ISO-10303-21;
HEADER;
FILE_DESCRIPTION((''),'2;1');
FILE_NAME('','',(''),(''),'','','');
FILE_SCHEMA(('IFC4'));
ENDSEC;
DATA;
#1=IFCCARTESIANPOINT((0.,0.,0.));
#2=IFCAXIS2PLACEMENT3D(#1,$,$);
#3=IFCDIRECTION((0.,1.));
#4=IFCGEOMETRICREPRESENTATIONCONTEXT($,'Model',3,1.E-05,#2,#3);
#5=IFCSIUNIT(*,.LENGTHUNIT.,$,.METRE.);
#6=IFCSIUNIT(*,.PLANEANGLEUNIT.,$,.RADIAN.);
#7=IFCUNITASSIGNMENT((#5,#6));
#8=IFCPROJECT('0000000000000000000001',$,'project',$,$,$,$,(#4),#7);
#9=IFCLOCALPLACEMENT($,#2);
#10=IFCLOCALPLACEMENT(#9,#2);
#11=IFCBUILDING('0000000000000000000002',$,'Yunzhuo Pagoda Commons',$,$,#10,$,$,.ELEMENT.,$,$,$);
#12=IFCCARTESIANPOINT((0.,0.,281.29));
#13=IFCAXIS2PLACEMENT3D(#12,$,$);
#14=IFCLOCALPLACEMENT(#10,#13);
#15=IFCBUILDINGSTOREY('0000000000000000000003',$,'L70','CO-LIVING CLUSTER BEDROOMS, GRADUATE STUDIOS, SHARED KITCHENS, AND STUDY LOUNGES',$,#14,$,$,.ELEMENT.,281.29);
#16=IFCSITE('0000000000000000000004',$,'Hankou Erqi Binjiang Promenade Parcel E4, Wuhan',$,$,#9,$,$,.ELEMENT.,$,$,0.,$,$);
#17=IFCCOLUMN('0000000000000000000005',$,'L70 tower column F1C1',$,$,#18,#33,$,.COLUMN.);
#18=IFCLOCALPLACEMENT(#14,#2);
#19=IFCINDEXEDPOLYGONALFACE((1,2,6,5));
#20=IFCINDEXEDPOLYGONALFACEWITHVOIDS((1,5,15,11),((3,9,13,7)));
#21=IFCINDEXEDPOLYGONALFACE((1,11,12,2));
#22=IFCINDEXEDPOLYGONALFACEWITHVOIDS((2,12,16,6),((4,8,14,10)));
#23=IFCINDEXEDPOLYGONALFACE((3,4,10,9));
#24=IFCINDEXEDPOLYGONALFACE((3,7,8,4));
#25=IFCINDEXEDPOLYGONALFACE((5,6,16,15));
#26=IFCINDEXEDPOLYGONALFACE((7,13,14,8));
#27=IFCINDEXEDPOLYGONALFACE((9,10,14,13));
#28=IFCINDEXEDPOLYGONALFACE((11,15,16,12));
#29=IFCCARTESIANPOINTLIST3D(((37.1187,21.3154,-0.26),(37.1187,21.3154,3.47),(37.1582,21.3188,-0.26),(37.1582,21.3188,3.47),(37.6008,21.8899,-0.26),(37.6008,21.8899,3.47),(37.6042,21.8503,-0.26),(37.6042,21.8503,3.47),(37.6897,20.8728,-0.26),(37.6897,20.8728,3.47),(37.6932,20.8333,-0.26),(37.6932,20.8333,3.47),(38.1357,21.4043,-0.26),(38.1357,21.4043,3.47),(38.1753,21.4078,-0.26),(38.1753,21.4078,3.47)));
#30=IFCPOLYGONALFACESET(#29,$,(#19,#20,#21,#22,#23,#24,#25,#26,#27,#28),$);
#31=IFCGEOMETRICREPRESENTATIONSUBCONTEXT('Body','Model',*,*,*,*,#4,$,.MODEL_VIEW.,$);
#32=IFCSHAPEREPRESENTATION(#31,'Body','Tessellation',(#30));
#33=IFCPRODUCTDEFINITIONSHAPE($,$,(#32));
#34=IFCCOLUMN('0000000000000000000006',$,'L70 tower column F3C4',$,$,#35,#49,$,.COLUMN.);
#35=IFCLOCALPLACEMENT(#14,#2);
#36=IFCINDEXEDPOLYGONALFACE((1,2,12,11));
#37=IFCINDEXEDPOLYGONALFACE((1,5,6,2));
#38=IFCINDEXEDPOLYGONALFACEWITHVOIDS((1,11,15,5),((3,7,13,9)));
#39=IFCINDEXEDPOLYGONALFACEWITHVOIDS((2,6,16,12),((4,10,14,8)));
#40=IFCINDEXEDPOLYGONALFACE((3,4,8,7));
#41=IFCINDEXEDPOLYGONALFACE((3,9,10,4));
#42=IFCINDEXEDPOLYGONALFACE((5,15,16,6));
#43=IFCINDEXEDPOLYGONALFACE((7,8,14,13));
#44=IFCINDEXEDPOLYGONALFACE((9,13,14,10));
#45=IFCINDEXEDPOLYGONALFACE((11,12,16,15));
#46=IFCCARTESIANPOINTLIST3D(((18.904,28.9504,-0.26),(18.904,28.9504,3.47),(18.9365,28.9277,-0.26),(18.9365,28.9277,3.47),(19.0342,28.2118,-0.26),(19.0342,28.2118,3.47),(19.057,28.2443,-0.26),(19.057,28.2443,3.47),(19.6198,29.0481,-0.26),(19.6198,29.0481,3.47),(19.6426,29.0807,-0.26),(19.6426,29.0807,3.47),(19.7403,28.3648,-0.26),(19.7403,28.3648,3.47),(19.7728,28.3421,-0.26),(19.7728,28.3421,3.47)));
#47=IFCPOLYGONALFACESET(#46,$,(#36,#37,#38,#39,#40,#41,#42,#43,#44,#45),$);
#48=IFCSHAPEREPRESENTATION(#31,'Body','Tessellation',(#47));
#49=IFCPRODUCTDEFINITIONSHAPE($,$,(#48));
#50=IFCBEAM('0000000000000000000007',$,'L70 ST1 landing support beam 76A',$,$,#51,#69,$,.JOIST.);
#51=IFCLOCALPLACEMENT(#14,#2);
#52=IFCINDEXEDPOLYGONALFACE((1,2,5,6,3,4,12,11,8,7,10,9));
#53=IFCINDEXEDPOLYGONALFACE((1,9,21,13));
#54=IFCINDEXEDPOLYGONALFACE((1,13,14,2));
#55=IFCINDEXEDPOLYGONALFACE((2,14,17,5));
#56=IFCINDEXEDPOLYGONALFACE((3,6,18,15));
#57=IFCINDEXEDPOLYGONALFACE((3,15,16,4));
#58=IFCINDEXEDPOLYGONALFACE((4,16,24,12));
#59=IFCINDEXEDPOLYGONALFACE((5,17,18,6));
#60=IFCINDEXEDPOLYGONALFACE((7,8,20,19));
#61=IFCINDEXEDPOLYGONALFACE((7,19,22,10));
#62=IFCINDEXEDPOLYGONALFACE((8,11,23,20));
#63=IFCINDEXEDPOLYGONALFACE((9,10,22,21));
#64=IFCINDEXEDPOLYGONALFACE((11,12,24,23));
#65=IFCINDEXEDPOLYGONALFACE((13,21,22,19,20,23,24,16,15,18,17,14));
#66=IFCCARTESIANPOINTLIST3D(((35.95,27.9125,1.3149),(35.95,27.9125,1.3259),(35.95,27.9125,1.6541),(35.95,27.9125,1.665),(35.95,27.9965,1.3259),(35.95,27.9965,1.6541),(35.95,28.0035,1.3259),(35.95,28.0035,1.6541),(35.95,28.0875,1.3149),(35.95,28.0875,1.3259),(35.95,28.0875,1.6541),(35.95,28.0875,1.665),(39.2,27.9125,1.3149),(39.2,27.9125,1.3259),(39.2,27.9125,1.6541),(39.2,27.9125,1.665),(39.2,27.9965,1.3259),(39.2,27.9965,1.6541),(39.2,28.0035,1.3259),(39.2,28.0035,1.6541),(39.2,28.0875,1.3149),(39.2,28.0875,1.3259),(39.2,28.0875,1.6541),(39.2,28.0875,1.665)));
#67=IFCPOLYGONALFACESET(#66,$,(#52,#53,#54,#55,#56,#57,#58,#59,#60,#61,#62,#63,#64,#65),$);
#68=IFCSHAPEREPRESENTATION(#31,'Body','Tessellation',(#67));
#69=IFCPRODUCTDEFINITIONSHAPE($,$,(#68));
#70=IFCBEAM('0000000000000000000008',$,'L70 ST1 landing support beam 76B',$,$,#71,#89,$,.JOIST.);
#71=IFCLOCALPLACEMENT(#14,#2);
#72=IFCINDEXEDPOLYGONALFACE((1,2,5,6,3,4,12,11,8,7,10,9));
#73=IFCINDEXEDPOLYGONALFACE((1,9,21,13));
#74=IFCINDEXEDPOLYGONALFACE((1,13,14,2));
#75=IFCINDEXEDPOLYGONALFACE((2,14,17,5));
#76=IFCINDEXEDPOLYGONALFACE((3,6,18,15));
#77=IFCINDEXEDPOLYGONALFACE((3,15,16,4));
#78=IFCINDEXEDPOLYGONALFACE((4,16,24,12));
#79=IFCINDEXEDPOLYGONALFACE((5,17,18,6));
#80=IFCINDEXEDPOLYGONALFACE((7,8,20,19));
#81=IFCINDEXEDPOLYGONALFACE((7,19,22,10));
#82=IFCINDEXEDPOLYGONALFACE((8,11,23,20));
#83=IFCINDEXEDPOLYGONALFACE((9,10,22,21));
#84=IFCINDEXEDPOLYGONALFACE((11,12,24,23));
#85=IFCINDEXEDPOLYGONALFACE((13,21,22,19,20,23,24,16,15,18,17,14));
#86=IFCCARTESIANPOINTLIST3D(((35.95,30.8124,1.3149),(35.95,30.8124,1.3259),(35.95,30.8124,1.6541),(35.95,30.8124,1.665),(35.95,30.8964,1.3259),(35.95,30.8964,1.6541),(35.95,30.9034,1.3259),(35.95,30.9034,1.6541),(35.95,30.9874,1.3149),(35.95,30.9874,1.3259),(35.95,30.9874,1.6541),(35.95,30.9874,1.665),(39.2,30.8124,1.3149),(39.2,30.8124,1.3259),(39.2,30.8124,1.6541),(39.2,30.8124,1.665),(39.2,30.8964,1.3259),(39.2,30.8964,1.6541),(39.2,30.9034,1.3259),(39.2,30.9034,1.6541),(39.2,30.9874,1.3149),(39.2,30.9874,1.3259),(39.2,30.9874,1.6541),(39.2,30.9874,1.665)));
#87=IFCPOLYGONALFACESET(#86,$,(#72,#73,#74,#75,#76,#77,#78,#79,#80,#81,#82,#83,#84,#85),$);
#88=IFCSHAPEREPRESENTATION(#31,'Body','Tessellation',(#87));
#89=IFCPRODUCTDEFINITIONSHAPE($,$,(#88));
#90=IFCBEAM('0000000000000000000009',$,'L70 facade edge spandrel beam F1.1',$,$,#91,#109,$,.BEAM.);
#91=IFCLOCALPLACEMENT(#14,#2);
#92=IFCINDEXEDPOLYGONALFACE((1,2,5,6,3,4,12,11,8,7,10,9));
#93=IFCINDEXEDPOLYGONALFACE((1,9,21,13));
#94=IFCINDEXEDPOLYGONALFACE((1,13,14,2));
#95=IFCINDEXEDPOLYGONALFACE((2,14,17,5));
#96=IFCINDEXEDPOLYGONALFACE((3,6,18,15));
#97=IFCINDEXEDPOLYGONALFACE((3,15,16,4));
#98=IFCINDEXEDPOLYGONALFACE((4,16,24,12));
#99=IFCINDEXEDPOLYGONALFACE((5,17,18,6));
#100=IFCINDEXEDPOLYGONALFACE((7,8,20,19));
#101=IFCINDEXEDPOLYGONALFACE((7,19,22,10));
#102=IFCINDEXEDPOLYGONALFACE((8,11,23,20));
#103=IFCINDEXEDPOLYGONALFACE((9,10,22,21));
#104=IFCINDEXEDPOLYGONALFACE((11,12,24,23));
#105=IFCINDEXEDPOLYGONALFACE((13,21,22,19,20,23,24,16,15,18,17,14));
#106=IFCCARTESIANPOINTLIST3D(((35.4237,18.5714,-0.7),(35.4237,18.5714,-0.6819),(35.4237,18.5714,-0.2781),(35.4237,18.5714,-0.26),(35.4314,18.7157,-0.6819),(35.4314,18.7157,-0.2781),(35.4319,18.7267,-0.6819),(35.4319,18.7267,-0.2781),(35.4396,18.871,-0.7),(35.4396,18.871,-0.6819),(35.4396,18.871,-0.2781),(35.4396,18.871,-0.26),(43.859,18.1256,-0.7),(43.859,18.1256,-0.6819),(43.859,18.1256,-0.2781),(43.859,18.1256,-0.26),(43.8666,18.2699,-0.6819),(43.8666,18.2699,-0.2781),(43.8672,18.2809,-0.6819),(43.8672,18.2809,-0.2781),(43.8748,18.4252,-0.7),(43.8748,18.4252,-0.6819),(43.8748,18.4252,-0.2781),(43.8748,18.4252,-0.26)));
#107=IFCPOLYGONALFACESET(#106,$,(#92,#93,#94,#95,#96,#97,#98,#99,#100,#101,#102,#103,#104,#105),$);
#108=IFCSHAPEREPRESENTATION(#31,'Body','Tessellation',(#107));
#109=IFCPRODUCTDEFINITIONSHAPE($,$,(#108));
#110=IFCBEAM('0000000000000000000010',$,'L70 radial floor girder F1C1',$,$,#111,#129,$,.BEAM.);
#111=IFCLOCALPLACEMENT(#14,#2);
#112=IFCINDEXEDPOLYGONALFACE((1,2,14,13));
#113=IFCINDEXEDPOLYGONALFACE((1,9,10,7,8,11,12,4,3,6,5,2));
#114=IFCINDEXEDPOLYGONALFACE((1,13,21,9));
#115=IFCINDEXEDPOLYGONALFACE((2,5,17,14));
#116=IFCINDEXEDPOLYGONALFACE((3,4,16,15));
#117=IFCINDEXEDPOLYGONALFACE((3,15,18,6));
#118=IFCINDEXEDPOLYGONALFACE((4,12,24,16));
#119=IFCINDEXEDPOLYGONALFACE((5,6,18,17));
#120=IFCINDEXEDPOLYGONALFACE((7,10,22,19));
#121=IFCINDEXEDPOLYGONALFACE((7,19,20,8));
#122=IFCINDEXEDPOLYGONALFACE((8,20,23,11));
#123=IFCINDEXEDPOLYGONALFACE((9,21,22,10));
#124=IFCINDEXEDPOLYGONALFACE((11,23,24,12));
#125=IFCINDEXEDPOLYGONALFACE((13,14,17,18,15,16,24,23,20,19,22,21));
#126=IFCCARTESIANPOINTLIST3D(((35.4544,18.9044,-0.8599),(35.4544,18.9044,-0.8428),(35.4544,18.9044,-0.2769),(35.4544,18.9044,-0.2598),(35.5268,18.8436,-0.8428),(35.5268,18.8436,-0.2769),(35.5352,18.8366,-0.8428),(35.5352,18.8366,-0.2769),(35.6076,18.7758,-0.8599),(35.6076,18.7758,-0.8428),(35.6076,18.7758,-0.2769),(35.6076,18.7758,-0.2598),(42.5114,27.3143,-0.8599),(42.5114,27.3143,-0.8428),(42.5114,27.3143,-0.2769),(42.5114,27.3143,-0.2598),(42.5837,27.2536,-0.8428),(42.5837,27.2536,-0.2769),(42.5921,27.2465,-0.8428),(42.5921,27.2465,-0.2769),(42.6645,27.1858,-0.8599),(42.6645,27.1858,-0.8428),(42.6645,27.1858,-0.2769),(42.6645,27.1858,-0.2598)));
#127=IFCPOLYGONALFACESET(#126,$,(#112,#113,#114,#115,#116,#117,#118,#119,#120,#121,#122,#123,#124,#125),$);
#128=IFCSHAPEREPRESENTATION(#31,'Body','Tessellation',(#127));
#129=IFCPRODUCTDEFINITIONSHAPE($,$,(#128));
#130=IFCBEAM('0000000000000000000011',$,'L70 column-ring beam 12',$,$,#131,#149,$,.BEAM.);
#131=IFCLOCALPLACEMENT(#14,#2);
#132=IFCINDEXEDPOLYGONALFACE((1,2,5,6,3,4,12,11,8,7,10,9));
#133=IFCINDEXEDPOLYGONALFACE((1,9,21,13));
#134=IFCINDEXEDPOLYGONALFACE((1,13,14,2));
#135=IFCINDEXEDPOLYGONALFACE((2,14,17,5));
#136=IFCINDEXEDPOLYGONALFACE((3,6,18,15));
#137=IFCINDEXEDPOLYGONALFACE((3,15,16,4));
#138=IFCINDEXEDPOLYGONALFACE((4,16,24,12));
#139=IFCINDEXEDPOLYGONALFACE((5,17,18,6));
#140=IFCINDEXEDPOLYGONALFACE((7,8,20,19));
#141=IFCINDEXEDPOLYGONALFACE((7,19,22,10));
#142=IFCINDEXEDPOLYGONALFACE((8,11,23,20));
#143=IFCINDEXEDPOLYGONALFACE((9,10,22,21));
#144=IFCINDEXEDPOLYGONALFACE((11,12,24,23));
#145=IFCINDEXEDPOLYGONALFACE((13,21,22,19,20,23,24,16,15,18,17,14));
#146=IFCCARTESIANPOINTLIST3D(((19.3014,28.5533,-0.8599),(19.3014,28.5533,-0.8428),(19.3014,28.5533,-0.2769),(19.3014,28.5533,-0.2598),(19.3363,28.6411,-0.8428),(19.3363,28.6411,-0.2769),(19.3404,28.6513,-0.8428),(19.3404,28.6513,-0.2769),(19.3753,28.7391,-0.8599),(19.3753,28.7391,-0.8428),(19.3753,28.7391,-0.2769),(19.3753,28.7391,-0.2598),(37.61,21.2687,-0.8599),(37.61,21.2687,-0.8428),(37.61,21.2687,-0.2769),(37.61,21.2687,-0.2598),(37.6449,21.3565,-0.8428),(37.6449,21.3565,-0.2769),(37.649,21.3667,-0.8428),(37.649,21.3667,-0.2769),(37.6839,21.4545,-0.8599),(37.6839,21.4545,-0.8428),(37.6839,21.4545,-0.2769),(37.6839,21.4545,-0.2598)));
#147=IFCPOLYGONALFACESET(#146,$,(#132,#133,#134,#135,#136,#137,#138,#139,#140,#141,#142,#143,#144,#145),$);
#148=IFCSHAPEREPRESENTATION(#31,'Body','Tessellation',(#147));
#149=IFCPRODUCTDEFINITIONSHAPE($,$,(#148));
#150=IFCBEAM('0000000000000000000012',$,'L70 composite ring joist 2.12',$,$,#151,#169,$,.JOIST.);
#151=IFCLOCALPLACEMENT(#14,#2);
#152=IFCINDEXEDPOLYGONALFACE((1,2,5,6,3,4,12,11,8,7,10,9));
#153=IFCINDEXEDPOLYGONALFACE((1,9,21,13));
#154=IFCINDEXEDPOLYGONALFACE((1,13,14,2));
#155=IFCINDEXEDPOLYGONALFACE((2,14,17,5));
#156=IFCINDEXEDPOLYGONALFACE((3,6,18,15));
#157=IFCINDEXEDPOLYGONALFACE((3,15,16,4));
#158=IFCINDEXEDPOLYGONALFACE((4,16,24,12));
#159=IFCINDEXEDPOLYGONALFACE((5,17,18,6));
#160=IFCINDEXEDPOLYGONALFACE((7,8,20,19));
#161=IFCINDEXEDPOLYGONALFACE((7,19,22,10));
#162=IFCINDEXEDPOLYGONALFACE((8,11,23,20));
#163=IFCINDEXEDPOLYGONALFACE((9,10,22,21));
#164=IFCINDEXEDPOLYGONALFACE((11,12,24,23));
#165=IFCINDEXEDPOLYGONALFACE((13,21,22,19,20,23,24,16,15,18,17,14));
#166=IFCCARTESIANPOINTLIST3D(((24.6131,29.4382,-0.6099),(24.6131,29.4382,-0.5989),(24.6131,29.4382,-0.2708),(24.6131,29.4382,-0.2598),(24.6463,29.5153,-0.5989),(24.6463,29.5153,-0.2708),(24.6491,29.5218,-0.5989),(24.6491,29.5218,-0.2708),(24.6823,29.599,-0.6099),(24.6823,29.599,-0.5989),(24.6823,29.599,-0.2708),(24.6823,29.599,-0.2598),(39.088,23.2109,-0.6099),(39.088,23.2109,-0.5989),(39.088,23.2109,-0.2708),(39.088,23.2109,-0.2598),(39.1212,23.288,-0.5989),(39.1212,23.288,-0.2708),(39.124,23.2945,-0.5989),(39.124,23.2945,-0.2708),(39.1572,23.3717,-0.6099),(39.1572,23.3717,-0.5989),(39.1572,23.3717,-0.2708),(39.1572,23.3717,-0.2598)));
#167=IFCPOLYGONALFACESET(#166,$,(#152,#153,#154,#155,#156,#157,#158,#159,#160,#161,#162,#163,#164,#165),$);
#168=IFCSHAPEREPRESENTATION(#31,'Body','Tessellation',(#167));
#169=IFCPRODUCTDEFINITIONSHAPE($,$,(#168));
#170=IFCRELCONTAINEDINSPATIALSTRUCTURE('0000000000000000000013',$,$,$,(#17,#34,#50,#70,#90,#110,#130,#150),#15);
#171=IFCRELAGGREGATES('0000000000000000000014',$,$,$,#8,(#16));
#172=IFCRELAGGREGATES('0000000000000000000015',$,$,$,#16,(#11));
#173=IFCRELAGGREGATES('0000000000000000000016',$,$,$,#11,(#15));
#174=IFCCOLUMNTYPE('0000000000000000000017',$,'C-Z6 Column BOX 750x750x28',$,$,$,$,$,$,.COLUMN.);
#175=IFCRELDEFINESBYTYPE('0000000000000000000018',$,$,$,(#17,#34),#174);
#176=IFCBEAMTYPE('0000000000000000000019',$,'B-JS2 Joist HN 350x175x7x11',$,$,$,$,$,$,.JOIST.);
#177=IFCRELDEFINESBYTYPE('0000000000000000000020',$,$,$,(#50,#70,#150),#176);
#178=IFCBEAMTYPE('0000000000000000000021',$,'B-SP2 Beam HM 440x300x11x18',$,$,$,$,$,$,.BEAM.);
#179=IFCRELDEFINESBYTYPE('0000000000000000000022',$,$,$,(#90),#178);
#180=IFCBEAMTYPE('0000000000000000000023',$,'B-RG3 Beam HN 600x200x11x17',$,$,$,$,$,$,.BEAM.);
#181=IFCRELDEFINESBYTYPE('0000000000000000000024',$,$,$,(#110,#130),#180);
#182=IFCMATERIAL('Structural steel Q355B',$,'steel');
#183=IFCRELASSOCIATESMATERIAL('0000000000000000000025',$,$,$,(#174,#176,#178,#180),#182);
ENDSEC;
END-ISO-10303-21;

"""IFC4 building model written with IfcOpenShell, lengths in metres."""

from ifc_helpers import new_model, si_unit, direction, frame, origin, origin_2d, place, context, subcontext, project, spatial, hollow_rectangle, i_section, extrude, source, transform, mapped, material, material_profile, profile_set, type_object, element, save


model = new_model("IFC4")

# Units and contexts
model_context = context("Model", 3, precision=1e-05, world=origin(), true_north=direction((0.0, 1.0)))
body_context = subcontext(model_context, "Body", "Model", "MODEL_VIEW")
ifc_project = project(units=[si_unit("LENGTHUNIT", "METRE"), si_unit("PLANEANGLEUNIT", "RADIAN")], contexts=[model_context])

# Site, building, storey
site_placement = place(None, origin())
site = spatial("IfcSite", under=ifc_project, at=site_placement, Name="Hankou Erqi Binjiang Promenade Parcel E4, Wuhan", CompositionType="ELEMENT", RefElevation=0.0)
building_placement = place(site_placement, origin())
building = spatial("IfcBuilding", under=site, at=building_placement, Name="Yunzhuo Pagoda Commons", CompositionType="ELEMENT")
storey_placement = place(building_placement, frame((0.0, 0.0, 281.29)))
storey = spatial("IfcBuildingStorey", under=building, at=storey_placement, Name="L70", Description="CO-LIVING CLUSTER BEDROOMS, GRADUATE STUDIOS, SHARED KITCHENS, AND STUDY LOUNGES", CompositionType="ELEMENT", Elevation=281.29)

# Columns
ifc_material_1 = material(Name="Structural steel Q355B", Category="steel")
ifc_material_profile_1 = material_profile(ifc_material_1, hollow_rectangle(XDim=0.75, YDim=0.75, WallThickness=0.0281, at=origin_2d()), Name="Structural steel Q355B")
ifc_profile_set_1 = profile_set([ifc_material_profile_1], Name="Structural steel Q355B")
column_type = type_object("IfcColumnType", Name="C-Z6 Column BOX 750x750x28", PredefinedType="COLUMN", material=ifc_profile_set_1)
shared_shape_1 = source(origin(), body_context, "Body", "SweptSolid", [
    extrude(hollow_rectangle(XDim=0.75, YDim=0.75, WallThickness=0.0281, at=origin_2d()), origin(), (0.0, 0.0, 1.0), 3.73),
])
for number, where, z_axis, x_axis, name in (
    (1, (37.647, 21.3616, -0.26), (0.0, 0.0, 1.0), (0.766044, -0.642788, 0.0), "L70 tower column F1C1"),
    (2, (19.3384, 28.6462, -0.26), (0.0, 0.0, 1.0), (0.173648, -0.984808, 0.0), "L70 tower column F3C4"),
):
    element("IfcColumn", number, at=place(storey_placement, frame(where, z_axis=z_axis, x_axis=x_axis)), inside=storey, type_object=column_type, Name=name, PredefinedType="COLUMN", context=body_context, shape_type="MappedRepresentation", body=[
        mapped(shared_shape_1, transform((0.0, 0.0, 0.0), scale=1.0)),
    ])

# Beams
ifc_material_profile_2 = material_profile(ifc_material_1, i_section(OverallWidth=0.175, OverallDepth=0.3501, WebThickness=0.0071, FlangeThickness=0.011, at=origin_2d()), Name="Structural steel Q355B")
ifc_profile_set_2 = profile_set([ifc_material_profile_2], Name="Structural steel Q355B")
beam_type_1 = type_object("IfcBeamType", Name="B-JS2 Joist HN 350x175x7x11", PredefinedType="JOIST", material=ifc_profile_set_2)
shared_shape_2 = source(origin(), body_context, "Body", "SweptSolid", [
    extrude(i_section(OverallWidth=0.175, OverallDepth=0.3501, WebThickness=0.0071, FlangeThickness=0.011, at=origin_2d()), origin(), (0.0, 0.0, 1.0), 3.25),
])
for number, where, z_axis, x_axis, name in (
    (3, (35.95, 28.0, 1.49), (1.0, 0.0, 0.0), (0.0, 1.0, 0.0), "L70 ST1 landing support beam 76A"),
    (4, (35.95, 30.8999, 1.49), (1.0, 0.0, 0.0), (0.0, 1.0, 0.0), "L70 ST1 landing support beam 76B"),
):
    element("IfcBeam", number, at=place(storey_placement, frame(where, z_axis=z_axis, x_axis=x_axis)), inside=storey, type_object=beam_type_1, Name=name, PredefinedType="JOIST", context=body_context, shape_type="MappedRepresentation", body=[
        mapped(shared_shape_2, transform((0.0, 0.0, 0.0), scale=1.0)),
    ])
ifc_material_profile_3 = material_profile(ifc_material_1, i_section(OverallWidth=0.3, OverallDepth=0.4399, WebThickness=0.011, FlangeThickness=0.0181, at=origin_2d()), Name="Structural steel Q355B")
ifc_profile_set_3 = profile_set([ifc_material_profile_3], Name="Structural steel Q355B")
beam_type_2 = type_object("IfcBeamType", Name="B-SP2 Beam HM 440x300x11x18", PredefinedType="BEAM", material=ifc_profile_set_3)
shared_shape_3 = source(origin(), body_context, "Body", "SweptSolid", [
    extrude(i_section(OverallWidth=0.3, OverallDepth=0.4399, WebThickness=0.011, FlangeThickness=0.0181, at=origin_2d()), origin(), (0.0, 0.0, 1.0), 8.447),
])
beam_1_placement = place(storey_placement, frame((35.4316, 18.7212, -0.48), z_axis=(0.998606, -0.052776, 0.0), x_axis=(0.052776, 0.998606, 0.0)))
element("IfcBeam", 5, at=beam_1_placement, inside=storey, type_object=beam_type_2, Name="L70 facade edge spandrel beam F1.1", PredefinedType="BEAM", context=body_context, shape_type="MappedRepresentation", body=[
    mapped(shared_shape_3, transform((0.0, 0.0, 0.0), scale=1.0)),
])
ifc_material_profile_4 = material_profile(ifc_material_1, i_section(OverallWidth=0.2, OverallDepth=0.6001, WebThickness=0.011, FlangeThickness=0.0171, at=origin_2d()), Name="Structural steel Q355B")
ifc_profile_set_4 = profile_set([ifc_material_profile_4], Name="Structural steel Q355B")
beam_type_3 = type_object("IfcBeamType", Name="B-RG3 Beam HN 600x200x11x17", PredefinedType="BEAM", material=ifc_profile_set_4)
shared_shape_4 = source(origin(), body_context, "Body", "SweptSolid", [
    extrude(i_section(OverallWidth=0.2, OverallDepth=0.6001, WebThickness=0.011, FlangeThickness=0.0171, at=origin_2d()), origin(), (0.0, 0.0, 1.0), 10.9785),
])
beam_2_placement = place(storey_placement, frame((35.531, 18.8401, -0.5598), z_axis=(0.642795, 0.766039, 0.0), x_axis=(-0.766039, 0.642795, 0.0)))
element("IfcBeam", 6, at=beam_2_placement, inside=storey, type_object=beam_type_3, Name="L70 radial floor girder F1C1", PredefinedType="BEAM", context=body_context, shape_type="MappedRepresentation", body=[
    mapped(shared_shape_4, transform((0.0, 0.0, 0.0), scale=1.0)),
])
shared_shape_5 = source(origin(), body_context, "Body", "SweptSolid", [
    extrude(i_section(OverallWidth=0.2, OverallDepth=0.6001, WebThickness=0.011, FlangeThickness=0.0171, at=origin_2d()), origin(), (0.0, 0.0, 1.0), 19.7046),
])
beam_3_placement = place(storey_placement, frame((19.3384, 28.6462, -0.5598), z_axis=(0.929154, -0.369694, 0.0), x_axis=(0.369694, 0.929154, 0.0)))
element("IfcBeam", 7, at=beam_3_placement, inside=storey, type_object=beam_type_3, Name="L70 column-ring beam 12", PredefinedType="BEAM", context=body_context, shape_type="MappedRepresentation", body=[
    mapped(shared_shape_5, transform((0.0, 0.0, 0.0), scale=1.0)),
])
shared_shape_6 = source(origin(), body_context, "Body", "SweptSolid", [
    extrude(i_section(OverallWidth=0.175, OverallDepth=0.3501, WebThickness=0.0071, FlangeThickness=0.011, at=origin_2d()), origin(), (0.0, 0.0, 1.0), 15.7576),
])
beam_4_placement = place(storey_placement, frame((24.6477, 29.5186, -0.4348), z_axis=(0.918598, -0.395194, 0.0), x_axis=(0.395194, 0.918598, 0.0)))
element("IfcBeam", 8, at=beam_4_placement, inside=storey, type_object=beam_type_1, Name="L70 composite ring joist 2.12", PredefinedType="JOIST", context=body_context, shape_type="MappedRepresentation", body=[
    mapped(shared_shape_6, transform((0.0, 0.0, 0.0), scale=1.0)),
])

save(model, "model.ifc")
